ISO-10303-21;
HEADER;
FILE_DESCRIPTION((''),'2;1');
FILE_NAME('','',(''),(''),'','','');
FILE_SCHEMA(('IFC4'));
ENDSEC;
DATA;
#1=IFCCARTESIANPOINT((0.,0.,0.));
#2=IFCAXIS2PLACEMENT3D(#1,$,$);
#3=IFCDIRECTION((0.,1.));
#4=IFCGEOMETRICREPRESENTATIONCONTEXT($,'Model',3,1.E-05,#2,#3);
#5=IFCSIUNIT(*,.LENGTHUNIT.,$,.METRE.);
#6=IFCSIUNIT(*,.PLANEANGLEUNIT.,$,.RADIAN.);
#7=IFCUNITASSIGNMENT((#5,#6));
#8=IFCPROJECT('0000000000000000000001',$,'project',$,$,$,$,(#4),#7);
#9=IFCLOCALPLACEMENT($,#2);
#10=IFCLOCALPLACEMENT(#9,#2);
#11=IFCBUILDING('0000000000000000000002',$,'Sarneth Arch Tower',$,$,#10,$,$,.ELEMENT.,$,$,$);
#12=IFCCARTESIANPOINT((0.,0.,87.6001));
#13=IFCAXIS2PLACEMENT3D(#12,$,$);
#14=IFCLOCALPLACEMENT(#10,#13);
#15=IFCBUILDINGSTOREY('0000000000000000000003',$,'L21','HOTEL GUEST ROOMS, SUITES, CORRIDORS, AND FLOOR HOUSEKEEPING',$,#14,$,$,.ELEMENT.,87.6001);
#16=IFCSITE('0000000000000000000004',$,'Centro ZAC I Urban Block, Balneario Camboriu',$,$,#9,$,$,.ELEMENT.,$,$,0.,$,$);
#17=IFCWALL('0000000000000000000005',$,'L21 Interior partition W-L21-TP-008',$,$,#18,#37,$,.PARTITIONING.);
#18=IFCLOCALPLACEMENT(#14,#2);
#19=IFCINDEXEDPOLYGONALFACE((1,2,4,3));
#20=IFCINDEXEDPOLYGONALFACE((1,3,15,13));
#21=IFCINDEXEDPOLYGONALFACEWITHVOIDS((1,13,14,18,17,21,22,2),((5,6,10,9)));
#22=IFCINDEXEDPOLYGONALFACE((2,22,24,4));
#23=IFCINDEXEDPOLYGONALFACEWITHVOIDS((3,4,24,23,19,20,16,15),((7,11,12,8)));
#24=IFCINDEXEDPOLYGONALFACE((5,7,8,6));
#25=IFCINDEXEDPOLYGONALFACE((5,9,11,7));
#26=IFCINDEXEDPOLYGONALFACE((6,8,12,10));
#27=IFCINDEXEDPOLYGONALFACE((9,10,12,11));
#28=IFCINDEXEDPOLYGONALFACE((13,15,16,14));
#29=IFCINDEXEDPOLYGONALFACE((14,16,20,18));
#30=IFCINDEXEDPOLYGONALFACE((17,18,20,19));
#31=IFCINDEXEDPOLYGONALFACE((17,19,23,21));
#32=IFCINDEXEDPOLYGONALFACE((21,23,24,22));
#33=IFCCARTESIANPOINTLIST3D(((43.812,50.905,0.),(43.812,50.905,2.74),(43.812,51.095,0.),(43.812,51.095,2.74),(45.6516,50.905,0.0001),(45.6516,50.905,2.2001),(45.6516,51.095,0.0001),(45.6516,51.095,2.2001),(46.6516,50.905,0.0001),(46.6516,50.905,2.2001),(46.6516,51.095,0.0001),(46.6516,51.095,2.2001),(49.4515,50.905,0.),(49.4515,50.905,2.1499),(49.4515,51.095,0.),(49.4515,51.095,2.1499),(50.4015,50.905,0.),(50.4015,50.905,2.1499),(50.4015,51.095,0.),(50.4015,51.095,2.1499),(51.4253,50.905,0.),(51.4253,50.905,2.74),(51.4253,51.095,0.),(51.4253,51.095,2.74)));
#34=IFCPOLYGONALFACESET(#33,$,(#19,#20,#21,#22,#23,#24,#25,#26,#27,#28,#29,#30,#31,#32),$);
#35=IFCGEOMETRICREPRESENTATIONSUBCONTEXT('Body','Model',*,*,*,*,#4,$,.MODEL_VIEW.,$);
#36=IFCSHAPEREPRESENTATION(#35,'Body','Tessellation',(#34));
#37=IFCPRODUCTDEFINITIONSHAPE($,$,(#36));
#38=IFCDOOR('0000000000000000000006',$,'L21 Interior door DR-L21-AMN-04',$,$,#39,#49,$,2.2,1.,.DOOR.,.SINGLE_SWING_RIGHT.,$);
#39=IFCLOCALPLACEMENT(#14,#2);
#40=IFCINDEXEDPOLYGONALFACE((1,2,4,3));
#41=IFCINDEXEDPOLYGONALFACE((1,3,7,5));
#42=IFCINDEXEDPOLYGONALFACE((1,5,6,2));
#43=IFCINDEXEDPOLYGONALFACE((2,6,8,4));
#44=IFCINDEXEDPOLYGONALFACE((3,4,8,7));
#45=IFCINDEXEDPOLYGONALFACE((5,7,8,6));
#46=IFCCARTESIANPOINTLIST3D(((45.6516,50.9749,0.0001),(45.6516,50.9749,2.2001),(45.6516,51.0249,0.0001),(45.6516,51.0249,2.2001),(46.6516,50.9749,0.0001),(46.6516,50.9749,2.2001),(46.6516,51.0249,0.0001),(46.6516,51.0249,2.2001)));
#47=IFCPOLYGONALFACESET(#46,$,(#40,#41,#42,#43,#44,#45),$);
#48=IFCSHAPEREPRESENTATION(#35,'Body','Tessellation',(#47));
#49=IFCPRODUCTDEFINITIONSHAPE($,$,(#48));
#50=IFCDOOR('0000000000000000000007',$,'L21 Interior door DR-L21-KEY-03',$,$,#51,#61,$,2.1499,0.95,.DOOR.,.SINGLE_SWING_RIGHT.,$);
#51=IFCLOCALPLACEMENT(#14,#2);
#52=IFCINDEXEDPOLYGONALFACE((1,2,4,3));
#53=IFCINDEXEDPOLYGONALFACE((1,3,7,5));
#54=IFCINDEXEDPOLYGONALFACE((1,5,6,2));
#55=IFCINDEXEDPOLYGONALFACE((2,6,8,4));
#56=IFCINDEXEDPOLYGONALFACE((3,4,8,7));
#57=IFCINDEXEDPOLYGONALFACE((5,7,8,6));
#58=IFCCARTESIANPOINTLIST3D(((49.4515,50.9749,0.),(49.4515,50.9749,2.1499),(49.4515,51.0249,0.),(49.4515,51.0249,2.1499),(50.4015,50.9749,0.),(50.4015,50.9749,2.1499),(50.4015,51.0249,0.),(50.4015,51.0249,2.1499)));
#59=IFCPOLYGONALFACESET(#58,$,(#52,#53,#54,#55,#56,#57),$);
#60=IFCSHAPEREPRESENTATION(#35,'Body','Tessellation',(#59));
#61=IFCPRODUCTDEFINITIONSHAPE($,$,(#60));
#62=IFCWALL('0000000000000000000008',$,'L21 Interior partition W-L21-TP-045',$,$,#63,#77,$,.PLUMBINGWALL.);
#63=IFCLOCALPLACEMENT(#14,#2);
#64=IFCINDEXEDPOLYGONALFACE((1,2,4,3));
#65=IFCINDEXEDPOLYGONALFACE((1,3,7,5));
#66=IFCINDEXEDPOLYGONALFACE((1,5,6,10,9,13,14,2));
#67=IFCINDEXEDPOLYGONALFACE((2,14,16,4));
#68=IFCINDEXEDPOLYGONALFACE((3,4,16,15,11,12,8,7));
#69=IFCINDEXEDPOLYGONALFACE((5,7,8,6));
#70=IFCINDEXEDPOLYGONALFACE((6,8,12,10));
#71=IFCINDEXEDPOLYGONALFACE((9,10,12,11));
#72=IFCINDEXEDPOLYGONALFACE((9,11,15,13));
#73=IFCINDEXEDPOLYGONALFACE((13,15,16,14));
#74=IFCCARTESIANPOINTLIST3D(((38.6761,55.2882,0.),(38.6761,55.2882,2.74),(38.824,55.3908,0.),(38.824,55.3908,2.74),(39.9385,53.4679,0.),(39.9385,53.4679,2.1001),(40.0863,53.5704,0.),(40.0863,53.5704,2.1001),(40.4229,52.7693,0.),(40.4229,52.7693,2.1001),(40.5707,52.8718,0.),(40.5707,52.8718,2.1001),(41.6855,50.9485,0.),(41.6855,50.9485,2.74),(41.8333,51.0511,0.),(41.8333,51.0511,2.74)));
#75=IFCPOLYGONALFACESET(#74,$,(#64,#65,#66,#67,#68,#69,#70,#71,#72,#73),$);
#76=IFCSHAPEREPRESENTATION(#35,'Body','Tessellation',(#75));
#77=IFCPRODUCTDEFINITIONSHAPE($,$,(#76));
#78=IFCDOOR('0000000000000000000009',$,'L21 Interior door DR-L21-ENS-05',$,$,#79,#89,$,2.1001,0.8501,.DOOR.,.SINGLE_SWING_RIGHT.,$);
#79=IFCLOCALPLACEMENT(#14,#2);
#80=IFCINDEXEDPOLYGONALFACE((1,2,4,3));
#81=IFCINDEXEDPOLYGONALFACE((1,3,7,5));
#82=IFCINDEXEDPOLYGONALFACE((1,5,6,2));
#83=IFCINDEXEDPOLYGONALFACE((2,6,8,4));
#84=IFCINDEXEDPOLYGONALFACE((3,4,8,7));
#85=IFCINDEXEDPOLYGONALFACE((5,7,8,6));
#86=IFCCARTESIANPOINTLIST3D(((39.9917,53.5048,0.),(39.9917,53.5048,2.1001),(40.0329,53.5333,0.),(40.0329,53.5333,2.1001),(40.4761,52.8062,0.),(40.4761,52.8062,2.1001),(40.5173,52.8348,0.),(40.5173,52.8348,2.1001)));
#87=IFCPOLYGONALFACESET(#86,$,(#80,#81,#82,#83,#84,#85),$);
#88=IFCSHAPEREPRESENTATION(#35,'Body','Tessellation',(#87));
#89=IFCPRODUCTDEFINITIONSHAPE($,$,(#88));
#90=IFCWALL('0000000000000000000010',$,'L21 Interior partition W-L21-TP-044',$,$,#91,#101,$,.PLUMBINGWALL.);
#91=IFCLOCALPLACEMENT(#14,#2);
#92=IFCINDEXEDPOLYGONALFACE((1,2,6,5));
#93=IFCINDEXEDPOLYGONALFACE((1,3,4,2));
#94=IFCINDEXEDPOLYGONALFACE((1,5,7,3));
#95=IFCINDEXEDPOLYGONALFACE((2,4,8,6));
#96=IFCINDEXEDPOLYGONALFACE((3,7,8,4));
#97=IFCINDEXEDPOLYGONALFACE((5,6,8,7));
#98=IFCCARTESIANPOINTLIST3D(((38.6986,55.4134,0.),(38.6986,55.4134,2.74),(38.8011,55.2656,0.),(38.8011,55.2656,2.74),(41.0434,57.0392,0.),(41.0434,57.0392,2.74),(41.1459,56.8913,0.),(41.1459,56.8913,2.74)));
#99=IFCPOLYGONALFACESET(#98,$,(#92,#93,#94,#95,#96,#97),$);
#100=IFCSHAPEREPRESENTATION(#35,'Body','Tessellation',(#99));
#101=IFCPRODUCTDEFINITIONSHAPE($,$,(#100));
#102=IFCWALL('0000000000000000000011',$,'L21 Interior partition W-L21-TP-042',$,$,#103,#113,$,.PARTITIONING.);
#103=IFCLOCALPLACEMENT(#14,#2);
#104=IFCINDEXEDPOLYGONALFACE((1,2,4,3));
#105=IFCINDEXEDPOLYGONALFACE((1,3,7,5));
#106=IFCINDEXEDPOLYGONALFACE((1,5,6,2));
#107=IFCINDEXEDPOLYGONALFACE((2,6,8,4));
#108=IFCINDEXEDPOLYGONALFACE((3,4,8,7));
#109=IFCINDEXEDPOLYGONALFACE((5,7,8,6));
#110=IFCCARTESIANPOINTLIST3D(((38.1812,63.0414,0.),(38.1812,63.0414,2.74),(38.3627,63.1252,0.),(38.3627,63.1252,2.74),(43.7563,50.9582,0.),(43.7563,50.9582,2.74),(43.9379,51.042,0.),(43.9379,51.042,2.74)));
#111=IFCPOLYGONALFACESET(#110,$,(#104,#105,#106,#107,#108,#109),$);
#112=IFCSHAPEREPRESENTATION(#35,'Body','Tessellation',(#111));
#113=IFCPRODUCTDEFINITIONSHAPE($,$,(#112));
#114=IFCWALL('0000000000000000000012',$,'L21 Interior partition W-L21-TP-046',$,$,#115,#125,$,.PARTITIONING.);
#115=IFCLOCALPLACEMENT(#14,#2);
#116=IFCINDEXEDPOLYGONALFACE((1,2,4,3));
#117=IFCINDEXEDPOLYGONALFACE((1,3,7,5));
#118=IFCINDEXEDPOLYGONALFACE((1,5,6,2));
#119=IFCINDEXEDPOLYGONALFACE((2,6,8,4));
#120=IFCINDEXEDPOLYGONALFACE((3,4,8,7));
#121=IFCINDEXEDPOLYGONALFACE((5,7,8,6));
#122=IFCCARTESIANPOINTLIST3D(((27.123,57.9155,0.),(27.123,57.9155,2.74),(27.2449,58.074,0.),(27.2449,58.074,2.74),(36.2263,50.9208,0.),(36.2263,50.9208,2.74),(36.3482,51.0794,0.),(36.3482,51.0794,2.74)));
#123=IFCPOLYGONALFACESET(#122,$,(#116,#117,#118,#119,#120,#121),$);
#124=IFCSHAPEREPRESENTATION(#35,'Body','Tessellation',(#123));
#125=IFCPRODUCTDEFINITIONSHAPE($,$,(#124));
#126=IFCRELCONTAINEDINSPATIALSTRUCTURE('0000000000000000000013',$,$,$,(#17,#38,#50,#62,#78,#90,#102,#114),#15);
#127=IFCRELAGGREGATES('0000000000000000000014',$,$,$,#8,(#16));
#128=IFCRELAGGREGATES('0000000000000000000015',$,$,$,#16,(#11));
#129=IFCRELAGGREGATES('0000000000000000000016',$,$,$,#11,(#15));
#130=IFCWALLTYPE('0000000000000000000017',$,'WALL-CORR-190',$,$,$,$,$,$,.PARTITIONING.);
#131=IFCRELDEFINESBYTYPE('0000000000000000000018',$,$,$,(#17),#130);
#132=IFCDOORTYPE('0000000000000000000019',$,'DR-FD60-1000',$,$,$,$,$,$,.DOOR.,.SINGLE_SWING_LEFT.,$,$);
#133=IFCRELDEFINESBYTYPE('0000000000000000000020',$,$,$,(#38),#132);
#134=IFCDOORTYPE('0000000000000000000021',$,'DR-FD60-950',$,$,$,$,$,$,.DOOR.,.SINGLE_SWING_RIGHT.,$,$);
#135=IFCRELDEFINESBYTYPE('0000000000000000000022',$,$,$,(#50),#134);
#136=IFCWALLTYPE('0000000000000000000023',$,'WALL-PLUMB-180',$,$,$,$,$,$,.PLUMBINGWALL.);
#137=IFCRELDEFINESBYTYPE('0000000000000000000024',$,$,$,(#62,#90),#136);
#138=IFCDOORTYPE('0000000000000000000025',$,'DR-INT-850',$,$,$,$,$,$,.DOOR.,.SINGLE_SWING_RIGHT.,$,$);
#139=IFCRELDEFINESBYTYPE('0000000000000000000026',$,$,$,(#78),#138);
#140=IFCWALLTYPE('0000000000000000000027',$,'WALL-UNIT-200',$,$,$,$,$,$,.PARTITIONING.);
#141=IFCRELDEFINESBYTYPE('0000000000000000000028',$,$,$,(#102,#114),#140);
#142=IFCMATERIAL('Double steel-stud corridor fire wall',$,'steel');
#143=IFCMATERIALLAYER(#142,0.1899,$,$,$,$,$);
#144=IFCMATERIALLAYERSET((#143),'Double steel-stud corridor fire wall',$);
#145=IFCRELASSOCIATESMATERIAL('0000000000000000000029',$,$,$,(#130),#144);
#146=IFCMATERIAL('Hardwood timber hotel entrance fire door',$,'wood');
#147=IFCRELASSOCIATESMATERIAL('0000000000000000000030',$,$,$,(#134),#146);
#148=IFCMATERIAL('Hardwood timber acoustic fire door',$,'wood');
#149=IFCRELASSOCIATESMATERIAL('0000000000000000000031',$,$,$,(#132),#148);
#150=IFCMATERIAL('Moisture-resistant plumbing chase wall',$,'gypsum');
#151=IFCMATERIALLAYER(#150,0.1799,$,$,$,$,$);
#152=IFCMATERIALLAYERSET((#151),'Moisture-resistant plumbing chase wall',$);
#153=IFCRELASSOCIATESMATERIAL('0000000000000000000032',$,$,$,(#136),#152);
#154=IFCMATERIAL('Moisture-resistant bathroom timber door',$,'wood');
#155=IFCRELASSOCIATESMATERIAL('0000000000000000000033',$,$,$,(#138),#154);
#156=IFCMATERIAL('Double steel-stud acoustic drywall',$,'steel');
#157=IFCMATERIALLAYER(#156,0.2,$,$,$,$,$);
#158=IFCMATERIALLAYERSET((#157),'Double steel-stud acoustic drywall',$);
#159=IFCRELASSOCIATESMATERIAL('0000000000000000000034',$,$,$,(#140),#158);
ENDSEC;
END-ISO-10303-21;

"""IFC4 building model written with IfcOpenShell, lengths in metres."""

from ifc_helpers import new_model, si_unit, direction, frame, frame_2d, origin, place, context, subcontext, project, spatial, rectangle, extrude, material, layer, layer_set, type_object, element, fill, save


model = new_model("IFC4")

# Units and contexts
model_context = context("Model", 3, precision=1e-05, world=origin(), true_north=direction((0.0, 1.0)))
body_context = subcontext(model_context, "Body", "Model", "MODEL_VIEW")
ifc_project = project(units=[si_unit("LENGTHUNIT", "METRE"), si_unit("PLANEANGLEUNIT", "RADIAN")], contexts=[model_context])

# Site, building, storey
site_placement = place(None, origin())
site = spatial("IfcSite", under=ifc_project, at=site_placement, Name="Centro ZAC I Urban Block, Balneario Camboriu", CompositionType="ELEMENT", RefElevation=0.0)
building_placement = place(site_placement, origin())
building = spatial("IfcBuilding", under=site, at=building_placement, Name="Sarneth Arch Tower", CompositionType="ELEMENT")
storey_placement = place(building_placement, frame((0.0, 0.0, 87.6001)))
storey = spatial("IfcBuildingStorey", under=building, at=storey_placement, Name="L21", Description="HOTEL GUEST ROOMS, SUITES, CORRIDORS, AND FLOOR HOUSEKEEPING", CompositionType="ELEMENT", Elevation=87.6001)

# Shared definitions
ifc_material_1 = material(Name="Double steel-stud corridor fire wall", Category="steel")
ifc_layer_1 = layer(ifc_material_1, 0.1899)
ifc_layer_set_1 = layer_set([ifc_layer_1], Name="Double steel-stud corridor fire wall")
wall_type_1 = type_object("IfcWallType", Name="WALL-CORR-190", PredefinedType="PARTITIONING", material=ifc_layer_set_1)
ifc_material_2 = material(Name="Hardwood timber hotel entrance fire door", Category="wood")
door_type_1 = type_object("IfcDoorType", Name="DR-FD60-950", OperationType="SINGLE_SWING_RIGHT", PredefinedType="DOOR", material=ifc_material_2)

# Wall, openings, doors
wall_1_placement = place(storey_placement, frame((43.812, 51.0, 0.0), z_axis=(0.0, 0.0, 1.0), x_axis=(1.0, 0.0, 0.0)))
wall_1 = element("IfcWall", 1, at=wall_1_placement, inside=storey, type_object=wall_type_1, Name="L21 Interior partition W-L21-TP-008", PredefinedType="PARTITIONING", context=body_context, shape_type="SweptSolid", body=[
    extrude(rectangle(XDim=7.6133, YDim=0.1899, at=frame_2d((3.8066, 0.0))), origin(), (0.0, 0.0, 1.0), 2.74),
])
opening_1_placement = place(wall_1_placement, frame((1.8396, 0.0, 0.0)))
opening_1 = element("IfcOpeningElement", 2, at=opening_1_placement, cuts=wall_1, PredefinedType="OPENING", context=body_context, shape_type="SweptSolid", body=[
    extrude(rectangle(XDim=1.0, YDim=2.2, at=frame_2d((0.5, 1.1001))), frame((0.0, 0.105, 0.0), z_axis=(0.0, -1.0, 0.0), x_axis=(1.0, 0.0, 0.0)), (0.0, 0.0, 1.0), 0.21),
])
opening_2_placement = place(wall_1_placement, frame((5.6394, 0.0, 0.0)))
opening_2 = element("IfcOpeningElement", 3, at=opening_2_placement, cuts=wall_1, PredefinedType="OPENING", context=body_context, shape_type="SweptSolid", body=[
    extrude(rectangle(XDim=0.95, YDim=2.1499, at=frame_2d((0.4751, 1.075))), frame((0.0, 0.105, 0.0), z_axis=(0.0, -1.0, 0.0), x_axis=(1.0, 0.0, 0.0)), (0.0, 0.0, 1.0), 0.21),
])
ifc_material_3 = material(Name="Hardwood timber acoustic fire door", Category="wood")
door_type_2 = type_object("IfcDoorType", Name="DR-FD60-1000", OperationType="SINGLE_SWING_LEFT", PredefinedType="DOOR", material=ifc_material_3)
door_1_placement = place(opening_1_placement, origin())
door_1 = element("IfcDoor", 4, at=door_1_placement, inside=storey, type_object=door_type_2, Name="L21 Interior door DR-L21-AMN-04", OperationType="SINGLE_SWING_RIGHT", OverallHeight=2.2, OverallWidth=1.0, PredefinedType="DOOR", context=body_context, shape_type="SweptSolid", body=[
    extrude(rectangle(XDim=1.0, YDim=2.2, at=frame_2d((0.5, 1.1001))), frame((0.0, 0.0249, 0.0), z_axis=(0.0, -1.0, 0.0), x_axis=(1.0, 0.0, 0.0)), (0.0, 0.0, 1.0), 0.05),
])
fill(opening_1, door_1)
door_2_placement = place(opening_2_placement, origin())
door_2 = element("IfcDoor", 5, at=door_2_placement, inside=storey, type_object=door_type_1, Name="L21 Interior door DR-L21-KEY-03", OperationType="SINGLE_SWING_RIGHT", OverallHeight=2.1499, OverallWidth=0.95, PredefinedType="DOOR", context=body_context, shape_type="SweptSolid", body=[
    extrude(rectangle(XDim=0.95, YDim=2.1499, at=frame_2d((0.4751, 1.075))), frame((0.0, 0.0249, 0.0), z_axis=(0.0, -1.0, 0.0), x_axis=(1.0, 0.0, 0.0)), (0.0, 0.0, 1.0), 0.05),
])
fill(opening_2, door_2)

# Wall, opening, door
ifc_material_4 = material(Name="Moisture-resistant plumbing chase wall", Category="gypsum")
ifc_layer_2 = layer(ifc_material_4, 0.1799)
ifc_layer_set_2 = layer_set([ifc_layer_2], Name="Moisture-resistant plumbing chase wall")
wall_type_2 = type_object("IfcWallType", Name="WALL-PLUMB-180", PredefinedType="PLUMBINGWALL", material=ifc_layer_set_2)
wall_2_placement = place(storey_placement, frame((38.75, 55.3396, 0.0), z_axis=(0.0, 0.0, 1.0), x_axis=(0.569842, -0.821754, 0.0)))
wall_2 = element("IfcWall", 6, at=wall_2_placement, inside=storey, type_object=wall_type_2, Name="L21 Interior partition W-L21-TP-045", PredefinedType="PLUMBINGWALL", context=body_context, shape_type="SweptSolid", body=[
    extrude(rectangle(XDim=5.281, YDim=0.1799, at=frame_2d((2.6406, 0.0))), origin(), (0.0, 0.0, 1.0), 2.74),
])
opening_3_placement = place(wall_2_placement, frame((2.2153, 0.0, 0.0)))
opening_3 = element("IfcOpeningElement", 7, at=opening_3_placement, cuts=wall_2, PredefinedType="OPENING", context=body_context, shape_type="SweptSolid", body=[
    extrude(rectangle(XDim=0.8501, YDim=2.1001, at=frame_2d((0.425, 1.05))), frame((0.0, 0.0999, 0.0), z_axis=(0.0, -1.0, 0.0), x_axis=(1.0, 0.0, 0.0)), (0.0, 0.0, 1.0), 0.2),
])
ifc_material_5 = material(Name="Moisture-resistant bathroom timber door", Category="wood")
door_type_3 = type_object("IfcDoorType", Name="DR-INT-850", OperationType="SINGLE_SWING_RIGHT", PredefinedType="DOOR", material=ifc_material_5)
door_3_placement = place(opening_3_placement, origin())
door_3 = element("IfcDoor", 8, at=door_3_placement, inside=storey, type_object=door_type_3, Name="L21 Interior door DR-L21-ENS-05", OperationType="SINGLE_SWING_RIGHT", OverallHeight=2.1001, OverallWidth=0.8501, PredefinedType="DOOR", context=body_context, shape_type="SweptSolid", body=[
    extrude(rectangle(XDim=0.8501, YDim=2.1001, at=frame_2d((0.425, 1.05))), frame((0.0, 0.0249, 0.0), z_axis=(0.0, -1.0, 0.0), x_axis=(1.0, 0.0, 0.0)), (0.0, 0.0, 1.0), 0.05),
])
fill(opening_3, door_3)

# Walls
wall_3_placement = place(storey_placement, frame((41.0947, 56.9653, 0.0), z_axis=(0.0, 0.0, 1.0), x_axis=(-0.821788, -0.569793, 0.0)))
element("IfcWall", 9, at=wall_3_placement, inside=storey, type_object=wall_type_2, Name="L21 Interior partition W-L21-TP-044", PredefinedType="PLUMBINGWALL", context=body_context, shape_type="SweptSolid", body=[
    extrude(rectangle(XDim=2.8533, YDim=0.1799, at=frame_2d((1.4268, 0.0))), origin(), (0.0, 0.0, 1.0), 2.74),
])
ifc_material_6 = material(Name="Double steel-stud acoustic drywall", Category="steel")
ifc_layer_3 = layer(ifc_material_6, 0.2)
ifc_layer_set_3 = layer_set([ifc_layer_3], Name="Double steel-stud acoustic drywall")
wall_type_3 = type_object("IfcWallType", Name="WALL-UNIT-200", PredefinedType="PARTITIONING", material=ifc_layer_set_3)
wall_4_placement = place(storey_placement, frame((43.8472, 51.0, 0.0), z_axis=(0.0, 0.0, 1.0), x_axis=(-0.418953, 0.908008, 0.0)))
element("IfcWall", 10, at=wall_4_placement, inside=storey, type_object=wall_type_3, Name="L21 Interior partition W-L21-TP-042", PredefinedType="PARTITIONING", context=body_context, shape_type="SweptSolid", body=[
    extrude(rectangle(XDim=13.3074, YDim=0.2, at=frame_2d((6.6538, 0.0))), origin(), (0.0, 0.0, 1.0), 2.74),
])
wall_5_placement = place(storey_placement, frame((36.2874, 51.0, 0.0), z_axis=(0.0, 0.0, 1.0), x_axis=(-0.792956, 0.609279, 0.0)))
element("IfcWall", 11, at=wall_5_placement, inside=storey, type_object=wall_type_3, Name="L21 Interior partition W-L21-TP-046", PredefinedType="PARTITIONING", context=body_context, shape_type="SweptSolid", body=[
    extrude(rectangle(XDim=11.4802, YDim=0.2, at=frame_2d((5.7402, 0.0))), origin(), (0.0, 0.0, 1.0), 2.74),
])

save(model, "model.ifc")
